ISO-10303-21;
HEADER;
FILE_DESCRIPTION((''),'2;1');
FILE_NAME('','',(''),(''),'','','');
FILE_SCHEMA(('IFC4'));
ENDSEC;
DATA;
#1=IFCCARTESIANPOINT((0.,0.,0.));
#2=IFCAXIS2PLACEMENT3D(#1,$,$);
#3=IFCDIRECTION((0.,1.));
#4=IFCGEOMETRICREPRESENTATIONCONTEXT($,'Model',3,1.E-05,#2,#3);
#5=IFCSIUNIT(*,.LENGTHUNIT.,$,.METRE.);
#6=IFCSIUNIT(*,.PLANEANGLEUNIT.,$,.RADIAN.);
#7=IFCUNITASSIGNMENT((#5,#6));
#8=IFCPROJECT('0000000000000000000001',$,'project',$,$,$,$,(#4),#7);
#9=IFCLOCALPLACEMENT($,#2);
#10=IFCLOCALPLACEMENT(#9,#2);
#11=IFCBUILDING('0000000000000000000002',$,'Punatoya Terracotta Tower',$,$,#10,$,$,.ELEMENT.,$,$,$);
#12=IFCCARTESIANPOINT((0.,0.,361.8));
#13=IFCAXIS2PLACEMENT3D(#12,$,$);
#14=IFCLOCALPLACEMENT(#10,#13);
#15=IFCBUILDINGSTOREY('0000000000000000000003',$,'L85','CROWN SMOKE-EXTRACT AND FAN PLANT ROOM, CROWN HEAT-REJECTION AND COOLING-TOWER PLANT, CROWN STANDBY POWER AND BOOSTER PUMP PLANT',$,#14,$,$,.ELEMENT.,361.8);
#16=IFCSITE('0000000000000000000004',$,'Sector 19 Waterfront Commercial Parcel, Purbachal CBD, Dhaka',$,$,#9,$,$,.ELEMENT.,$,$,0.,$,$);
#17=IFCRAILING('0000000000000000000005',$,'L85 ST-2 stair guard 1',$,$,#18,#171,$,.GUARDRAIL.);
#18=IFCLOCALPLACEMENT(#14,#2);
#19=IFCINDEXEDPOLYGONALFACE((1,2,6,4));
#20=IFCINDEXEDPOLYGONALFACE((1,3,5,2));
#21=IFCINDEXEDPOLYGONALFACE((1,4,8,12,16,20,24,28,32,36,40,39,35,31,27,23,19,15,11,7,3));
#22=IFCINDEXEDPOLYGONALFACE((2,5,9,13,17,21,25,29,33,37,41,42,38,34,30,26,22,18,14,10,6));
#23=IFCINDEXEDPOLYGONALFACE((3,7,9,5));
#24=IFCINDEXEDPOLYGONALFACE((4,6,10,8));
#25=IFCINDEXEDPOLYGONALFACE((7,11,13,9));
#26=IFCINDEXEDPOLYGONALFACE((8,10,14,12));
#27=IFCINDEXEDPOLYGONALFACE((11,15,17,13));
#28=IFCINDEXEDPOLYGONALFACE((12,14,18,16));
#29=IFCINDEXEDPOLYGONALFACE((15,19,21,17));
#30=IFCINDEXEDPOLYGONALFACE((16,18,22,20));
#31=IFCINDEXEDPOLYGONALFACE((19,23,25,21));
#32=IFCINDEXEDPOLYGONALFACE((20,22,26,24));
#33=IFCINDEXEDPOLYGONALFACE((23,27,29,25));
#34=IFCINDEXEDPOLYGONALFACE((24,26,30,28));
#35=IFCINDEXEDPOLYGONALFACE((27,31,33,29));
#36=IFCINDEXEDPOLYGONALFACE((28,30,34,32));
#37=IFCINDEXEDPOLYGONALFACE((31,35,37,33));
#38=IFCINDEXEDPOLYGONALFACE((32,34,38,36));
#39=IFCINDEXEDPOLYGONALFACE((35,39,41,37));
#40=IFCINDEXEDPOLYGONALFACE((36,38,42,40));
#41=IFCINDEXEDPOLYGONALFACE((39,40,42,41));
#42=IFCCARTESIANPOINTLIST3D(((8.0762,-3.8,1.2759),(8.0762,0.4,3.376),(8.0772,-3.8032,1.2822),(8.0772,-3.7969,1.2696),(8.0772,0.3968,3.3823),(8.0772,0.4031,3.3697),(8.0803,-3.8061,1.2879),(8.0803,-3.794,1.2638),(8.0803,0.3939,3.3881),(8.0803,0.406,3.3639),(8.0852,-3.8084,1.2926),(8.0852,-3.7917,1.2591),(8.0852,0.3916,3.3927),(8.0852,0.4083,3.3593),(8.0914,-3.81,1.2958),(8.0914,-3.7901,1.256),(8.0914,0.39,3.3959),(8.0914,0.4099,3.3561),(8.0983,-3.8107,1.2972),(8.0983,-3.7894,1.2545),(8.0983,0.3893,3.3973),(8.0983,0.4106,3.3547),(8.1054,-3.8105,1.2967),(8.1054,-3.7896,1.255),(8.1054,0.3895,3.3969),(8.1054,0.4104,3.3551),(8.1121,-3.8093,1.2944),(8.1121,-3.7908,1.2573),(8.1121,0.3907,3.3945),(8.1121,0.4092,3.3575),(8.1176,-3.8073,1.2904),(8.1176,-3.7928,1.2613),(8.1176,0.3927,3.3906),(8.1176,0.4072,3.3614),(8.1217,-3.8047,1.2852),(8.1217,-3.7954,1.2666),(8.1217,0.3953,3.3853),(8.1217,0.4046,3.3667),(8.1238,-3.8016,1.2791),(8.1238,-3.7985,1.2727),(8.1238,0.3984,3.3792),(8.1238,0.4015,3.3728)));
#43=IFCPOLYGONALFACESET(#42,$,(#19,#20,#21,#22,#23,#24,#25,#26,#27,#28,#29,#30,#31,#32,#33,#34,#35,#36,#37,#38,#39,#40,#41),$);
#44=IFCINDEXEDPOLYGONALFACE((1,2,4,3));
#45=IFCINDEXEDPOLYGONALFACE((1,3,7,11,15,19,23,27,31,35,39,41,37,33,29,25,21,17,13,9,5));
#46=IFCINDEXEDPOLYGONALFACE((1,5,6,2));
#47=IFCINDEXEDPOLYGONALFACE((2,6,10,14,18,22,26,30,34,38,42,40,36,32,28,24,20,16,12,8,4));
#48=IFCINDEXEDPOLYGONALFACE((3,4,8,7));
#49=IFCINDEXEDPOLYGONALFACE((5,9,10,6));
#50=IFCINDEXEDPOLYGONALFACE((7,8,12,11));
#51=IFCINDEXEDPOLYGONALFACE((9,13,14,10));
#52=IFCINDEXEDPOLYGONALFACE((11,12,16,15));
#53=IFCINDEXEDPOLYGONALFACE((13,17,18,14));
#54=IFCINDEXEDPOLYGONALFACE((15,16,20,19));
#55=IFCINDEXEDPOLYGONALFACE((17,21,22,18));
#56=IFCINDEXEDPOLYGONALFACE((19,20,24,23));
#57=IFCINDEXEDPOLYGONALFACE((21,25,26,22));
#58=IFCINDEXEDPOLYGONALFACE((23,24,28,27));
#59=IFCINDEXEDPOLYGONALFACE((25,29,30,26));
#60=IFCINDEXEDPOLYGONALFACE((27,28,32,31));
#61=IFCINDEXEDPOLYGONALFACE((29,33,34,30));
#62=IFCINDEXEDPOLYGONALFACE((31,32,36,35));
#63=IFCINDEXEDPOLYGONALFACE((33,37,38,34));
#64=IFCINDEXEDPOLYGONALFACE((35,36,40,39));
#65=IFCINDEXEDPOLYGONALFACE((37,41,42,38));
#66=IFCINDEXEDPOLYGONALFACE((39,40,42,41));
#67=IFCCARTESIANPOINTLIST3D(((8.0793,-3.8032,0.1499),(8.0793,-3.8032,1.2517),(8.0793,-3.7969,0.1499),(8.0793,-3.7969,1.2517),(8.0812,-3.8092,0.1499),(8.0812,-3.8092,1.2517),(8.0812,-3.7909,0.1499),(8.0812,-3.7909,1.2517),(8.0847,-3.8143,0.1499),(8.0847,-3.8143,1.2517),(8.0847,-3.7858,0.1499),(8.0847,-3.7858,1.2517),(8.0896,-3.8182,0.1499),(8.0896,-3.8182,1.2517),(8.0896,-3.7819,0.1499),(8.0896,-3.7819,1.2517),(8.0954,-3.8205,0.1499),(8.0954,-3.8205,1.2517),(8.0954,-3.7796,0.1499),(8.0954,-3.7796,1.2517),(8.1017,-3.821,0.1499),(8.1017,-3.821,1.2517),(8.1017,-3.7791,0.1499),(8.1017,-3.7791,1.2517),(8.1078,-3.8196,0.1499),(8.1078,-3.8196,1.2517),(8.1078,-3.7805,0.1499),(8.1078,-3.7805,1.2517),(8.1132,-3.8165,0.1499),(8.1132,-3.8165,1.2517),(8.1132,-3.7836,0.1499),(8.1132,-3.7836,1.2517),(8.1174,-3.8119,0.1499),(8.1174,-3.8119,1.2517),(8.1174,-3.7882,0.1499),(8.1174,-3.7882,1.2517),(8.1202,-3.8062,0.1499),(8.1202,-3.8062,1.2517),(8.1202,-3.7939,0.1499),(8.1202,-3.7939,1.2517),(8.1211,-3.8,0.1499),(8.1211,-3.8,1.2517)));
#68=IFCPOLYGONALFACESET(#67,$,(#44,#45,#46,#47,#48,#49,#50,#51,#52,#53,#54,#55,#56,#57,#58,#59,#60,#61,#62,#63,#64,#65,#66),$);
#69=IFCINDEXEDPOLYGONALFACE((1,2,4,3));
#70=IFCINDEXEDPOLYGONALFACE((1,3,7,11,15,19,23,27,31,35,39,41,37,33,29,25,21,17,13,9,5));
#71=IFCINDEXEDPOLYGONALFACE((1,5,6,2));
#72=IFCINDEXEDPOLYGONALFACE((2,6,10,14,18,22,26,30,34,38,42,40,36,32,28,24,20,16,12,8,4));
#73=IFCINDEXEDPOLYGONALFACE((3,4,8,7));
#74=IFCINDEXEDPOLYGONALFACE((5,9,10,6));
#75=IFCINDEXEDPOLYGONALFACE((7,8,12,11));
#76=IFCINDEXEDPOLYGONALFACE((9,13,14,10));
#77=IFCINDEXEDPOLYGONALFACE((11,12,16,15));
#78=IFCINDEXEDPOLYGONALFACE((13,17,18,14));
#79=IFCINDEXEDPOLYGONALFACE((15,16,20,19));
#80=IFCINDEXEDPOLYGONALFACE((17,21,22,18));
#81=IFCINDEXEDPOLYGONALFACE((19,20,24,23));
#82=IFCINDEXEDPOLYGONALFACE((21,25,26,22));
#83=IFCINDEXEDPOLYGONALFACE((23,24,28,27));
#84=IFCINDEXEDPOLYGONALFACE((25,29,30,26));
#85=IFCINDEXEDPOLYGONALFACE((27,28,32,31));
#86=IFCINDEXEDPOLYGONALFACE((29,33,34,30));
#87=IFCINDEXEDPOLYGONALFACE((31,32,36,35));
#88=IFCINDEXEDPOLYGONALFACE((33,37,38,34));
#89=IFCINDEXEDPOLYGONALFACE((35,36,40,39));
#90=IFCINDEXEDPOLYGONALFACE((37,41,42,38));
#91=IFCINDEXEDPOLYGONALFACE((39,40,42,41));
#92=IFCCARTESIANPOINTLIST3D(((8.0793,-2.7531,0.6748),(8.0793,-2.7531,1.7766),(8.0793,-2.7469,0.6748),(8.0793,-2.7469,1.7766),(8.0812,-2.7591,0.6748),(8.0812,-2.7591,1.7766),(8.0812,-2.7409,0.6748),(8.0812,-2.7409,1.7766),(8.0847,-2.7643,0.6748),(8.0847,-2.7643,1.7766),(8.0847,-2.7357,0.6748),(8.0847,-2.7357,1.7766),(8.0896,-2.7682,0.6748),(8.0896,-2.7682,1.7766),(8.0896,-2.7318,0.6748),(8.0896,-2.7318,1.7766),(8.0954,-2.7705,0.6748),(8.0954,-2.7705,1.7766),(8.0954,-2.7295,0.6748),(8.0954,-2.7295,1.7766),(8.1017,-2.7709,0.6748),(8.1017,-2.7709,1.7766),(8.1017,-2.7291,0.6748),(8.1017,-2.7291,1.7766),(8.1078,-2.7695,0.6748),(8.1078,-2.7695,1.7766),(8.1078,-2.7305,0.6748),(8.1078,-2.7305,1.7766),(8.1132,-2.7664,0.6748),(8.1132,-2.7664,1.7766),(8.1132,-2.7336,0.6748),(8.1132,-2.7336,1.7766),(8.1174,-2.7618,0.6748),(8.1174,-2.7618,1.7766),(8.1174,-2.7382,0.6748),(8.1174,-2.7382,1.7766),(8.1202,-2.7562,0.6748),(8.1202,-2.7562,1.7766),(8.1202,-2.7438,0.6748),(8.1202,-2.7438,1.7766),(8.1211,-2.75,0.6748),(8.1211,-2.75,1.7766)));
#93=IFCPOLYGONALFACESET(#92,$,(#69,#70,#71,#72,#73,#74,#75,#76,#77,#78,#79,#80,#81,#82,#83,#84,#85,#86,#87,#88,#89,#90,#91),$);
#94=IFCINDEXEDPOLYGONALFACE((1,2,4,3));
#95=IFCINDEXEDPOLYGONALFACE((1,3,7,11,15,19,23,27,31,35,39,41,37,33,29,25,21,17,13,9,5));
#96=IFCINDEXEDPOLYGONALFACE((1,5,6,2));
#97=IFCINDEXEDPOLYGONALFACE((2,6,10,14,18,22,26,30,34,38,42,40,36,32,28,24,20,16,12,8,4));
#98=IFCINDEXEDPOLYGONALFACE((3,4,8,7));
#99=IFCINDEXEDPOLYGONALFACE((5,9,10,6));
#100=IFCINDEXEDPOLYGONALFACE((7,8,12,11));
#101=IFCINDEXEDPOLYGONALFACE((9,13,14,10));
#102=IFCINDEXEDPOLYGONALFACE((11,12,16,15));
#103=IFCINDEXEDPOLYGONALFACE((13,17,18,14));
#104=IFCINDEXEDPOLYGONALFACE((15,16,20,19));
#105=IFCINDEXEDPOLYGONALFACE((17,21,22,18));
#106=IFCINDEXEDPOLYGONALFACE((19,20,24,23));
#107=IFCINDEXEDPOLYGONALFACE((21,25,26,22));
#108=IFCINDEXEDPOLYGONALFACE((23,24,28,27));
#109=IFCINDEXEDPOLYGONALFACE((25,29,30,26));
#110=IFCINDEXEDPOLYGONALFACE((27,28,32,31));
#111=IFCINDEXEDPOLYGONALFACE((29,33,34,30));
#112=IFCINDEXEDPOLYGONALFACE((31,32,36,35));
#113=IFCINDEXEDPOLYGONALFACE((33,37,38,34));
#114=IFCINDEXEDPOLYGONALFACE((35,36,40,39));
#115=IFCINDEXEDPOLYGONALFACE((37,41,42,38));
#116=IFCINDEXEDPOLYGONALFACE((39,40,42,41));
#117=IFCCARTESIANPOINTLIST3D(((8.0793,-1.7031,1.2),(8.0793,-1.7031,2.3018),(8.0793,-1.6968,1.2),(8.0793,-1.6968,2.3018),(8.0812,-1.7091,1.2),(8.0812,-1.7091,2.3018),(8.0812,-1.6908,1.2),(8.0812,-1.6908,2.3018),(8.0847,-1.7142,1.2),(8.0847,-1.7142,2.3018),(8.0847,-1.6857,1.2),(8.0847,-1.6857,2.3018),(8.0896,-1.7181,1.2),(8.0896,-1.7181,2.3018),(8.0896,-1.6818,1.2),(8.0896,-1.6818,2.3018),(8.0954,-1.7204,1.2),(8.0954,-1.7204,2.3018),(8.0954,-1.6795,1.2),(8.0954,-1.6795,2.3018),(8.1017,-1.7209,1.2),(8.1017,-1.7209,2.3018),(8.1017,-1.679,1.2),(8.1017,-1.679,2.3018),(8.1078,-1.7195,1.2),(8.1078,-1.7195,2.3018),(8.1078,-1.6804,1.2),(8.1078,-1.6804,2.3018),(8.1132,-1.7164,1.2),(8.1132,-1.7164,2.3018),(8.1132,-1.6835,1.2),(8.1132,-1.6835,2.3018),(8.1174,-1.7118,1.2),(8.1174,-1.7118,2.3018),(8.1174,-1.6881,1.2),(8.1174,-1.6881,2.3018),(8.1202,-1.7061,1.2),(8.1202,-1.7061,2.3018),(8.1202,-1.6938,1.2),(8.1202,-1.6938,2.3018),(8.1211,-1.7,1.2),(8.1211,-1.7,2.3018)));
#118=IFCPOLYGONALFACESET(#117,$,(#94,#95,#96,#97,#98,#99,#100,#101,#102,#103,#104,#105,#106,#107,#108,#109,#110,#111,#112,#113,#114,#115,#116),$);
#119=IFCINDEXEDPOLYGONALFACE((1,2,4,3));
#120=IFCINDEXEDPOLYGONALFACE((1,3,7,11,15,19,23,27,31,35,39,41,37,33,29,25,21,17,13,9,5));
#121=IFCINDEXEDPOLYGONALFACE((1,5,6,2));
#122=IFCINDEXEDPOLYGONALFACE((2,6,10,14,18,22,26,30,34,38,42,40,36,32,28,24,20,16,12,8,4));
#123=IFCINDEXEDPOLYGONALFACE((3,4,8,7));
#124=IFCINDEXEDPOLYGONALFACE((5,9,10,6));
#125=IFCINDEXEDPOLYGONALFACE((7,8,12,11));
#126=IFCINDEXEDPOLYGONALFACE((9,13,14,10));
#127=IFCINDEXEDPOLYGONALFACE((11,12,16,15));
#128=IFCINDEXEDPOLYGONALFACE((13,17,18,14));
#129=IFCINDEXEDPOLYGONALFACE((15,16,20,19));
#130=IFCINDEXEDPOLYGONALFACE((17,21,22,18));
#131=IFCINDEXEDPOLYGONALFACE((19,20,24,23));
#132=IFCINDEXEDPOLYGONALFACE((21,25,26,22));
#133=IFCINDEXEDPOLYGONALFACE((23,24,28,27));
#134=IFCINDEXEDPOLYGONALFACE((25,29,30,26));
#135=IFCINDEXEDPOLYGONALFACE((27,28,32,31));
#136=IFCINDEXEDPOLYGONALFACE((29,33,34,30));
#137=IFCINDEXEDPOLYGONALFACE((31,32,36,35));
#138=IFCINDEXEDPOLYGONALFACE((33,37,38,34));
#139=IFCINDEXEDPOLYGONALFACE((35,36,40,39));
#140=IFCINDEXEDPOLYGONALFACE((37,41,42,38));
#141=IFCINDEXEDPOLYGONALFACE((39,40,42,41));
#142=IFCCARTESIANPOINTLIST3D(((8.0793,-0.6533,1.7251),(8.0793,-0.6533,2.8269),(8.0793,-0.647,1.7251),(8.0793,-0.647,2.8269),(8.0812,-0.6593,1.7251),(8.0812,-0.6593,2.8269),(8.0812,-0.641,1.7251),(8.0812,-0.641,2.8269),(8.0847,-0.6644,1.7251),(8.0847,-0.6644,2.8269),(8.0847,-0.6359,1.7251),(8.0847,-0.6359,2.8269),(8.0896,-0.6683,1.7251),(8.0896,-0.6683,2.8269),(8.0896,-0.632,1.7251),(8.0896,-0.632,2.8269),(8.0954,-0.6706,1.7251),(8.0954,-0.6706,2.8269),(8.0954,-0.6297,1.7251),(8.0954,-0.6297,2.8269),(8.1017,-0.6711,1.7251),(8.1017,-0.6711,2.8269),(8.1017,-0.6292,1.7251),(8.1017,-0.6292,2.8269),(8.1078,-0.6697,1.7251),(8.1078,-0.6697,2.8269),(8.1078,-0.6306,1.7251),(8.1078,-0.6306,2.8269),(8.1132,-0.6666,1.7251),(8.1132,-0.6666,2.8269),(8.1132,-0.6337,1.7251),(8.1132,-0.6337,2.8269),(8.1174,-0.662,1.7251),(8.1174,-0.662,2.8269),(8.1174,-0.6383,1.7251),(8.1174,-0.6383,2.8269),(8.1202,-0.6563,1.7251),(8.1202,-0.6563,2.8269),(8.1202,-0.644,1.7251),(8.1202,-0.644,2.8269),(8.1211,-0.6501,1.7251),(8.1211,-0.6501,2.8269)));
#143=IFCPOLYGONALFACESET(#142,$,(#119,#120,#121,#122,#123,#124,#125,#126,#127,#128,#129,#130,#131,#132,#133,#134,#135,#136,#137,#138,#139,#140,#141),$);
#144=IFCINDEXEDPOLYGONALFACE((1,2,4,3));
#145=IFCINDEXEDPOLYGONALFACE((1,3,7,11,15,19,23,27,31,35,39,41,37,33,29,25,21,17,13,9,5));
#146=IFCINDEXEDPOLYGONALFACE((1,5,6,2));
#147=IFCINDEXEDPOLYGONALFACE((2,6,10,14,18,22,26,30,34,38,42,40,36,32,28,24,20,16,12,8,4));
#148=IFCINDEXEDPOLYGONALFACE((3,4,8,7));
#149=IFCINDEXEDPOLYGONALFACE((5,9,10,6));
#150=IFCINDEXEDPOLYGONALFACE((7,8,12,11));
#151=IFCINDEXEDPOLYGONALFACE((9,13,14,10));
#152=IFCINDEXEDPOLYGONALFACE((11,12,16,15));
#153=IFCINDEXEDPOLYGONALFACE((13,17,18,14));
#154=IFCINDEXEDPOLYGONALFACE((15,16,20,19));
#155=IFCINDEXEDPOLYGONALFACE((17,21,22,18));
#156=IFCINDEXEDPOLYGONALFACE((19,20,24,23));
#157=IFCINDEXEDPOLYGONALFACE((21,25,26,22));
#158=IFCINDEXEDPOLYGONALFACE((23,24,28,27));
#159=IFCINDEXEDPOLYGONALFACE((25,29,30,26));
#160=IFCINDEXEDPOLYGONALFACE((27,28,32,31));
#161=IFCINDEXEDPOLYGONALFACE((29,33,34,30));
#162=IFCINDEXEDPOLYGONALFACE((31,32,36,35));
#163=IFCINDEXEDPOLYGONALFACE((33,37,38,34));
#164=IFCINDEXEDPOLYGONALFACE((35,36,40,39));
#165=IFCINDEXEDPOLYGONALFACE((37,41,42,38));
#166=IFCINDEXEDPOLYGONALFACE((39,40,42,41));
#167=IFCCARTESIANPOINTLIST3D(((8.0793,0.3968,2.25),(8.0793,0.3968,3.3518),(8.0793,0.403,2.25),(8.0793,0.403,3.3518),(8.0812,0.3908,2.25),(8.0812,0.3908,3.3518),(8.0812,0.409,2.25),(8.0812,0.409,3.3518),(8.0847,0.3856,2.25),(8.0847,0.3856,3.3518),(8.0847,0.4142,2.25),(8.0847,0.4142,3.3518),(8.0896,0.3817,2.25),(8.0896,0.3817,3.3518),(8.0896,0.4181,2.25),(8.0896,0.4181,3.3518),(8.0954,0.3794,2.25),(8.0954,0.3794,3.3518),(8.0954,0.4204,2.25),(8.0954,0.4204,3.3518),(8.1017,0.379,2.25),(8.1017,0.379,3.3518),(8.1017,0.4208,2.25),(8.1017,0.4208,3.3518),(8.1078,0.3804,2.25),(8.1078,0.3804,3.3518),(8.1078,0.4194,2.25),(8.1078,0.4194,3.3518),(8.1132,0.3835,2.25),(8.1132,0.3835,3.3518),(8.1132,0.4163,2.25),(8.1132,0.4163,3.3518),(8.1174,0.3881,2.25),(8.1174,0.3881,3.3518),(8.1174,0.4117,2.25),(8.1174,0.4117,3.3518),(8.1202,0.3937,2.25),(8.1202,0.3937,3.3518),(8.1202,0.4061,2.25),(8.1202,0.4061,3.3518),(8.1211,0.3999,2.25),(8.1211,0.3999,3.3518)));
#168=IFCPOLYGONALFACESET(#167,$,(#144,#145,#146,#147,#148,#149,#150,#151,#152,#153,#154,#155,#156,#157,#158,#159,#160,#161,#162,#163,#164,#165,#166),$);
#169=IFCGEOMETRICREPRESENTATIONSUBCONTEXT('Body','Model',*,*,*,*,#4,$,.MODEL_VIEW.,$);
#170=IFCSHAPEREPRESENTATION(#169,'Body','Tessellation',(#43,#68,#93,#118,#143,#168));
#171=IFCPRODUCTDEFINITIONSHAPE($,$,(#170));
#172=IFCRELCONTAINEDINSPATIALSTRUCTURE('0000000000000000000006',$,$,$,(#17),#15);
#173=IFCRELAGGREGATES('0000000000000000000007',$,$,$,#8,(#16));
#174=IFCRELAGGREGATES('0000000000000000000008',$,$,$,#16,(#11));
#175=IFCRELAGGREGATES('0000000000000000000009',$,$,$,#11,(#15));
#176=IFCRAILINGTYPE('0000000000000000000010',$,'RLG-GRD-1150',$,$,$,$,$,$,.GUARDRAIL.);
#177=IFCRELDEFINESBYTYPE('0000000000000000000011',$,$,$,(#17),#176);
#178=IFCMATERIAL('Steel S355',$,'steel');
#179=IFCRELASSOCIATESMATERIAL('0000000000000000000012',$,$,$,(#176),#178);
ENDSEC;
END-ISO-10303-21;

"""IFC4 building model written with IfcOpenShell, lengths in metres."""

from ifc_helpers import new_model, si_unit, direction, frame, origin, origin_2d, place, context, subcontext, project, spatial, circle, extrude, material, type_object, element, save


model = new_model("IFC4")

# Units and contexts
model_context = context("Model", 3, precision=1e-05, world=origin(), true_north=direction((0.0, 1.0)))
body_context = subcontext(model_context, "Body", "Model", "MODEL_VIEW")
ifc_project = project(units=[si_unit("LENGTHUNIT", "METRE"), si_unit("PLANEANGLEUNIT", "RADIAN")], contexts=[model_context])

# Site, building, storey
site_placement = place(None, origin())
site = spatial("IfcSite", under=ifc_project, at=site_placement, Name="Sector 19 Waterfront Commercial Parcel, Purbachal CBD, Dhaka", CompositionType="ELEMENT", RefElevation=0.0)
building_placement = place(site_placement, origin())
building = spatial("IfcBuilding", under=site, at=building_placement, Name="Punatoya Terracotta Tower", CompositionType="ELEMENT")
storey_placement = place(building_placement, frame((0.0, 0.0, 361.8)))
storey = spatial("IfcBuildingStorey", under=building, at=storey_placement, Name="L85", Description="CROWN SMOKE-EXTRACT AND FAN PLANT ROOM, CROWN HEAT-REJECTION AND COOLING-TOWER PLANT, CROWN STANDBY POWER AND BOOSTER PUMP PLANT", CompositionType="ELEMENT", Elevation=361.8)

# Shared definitions
ifc_material_1 = material(Name="Steel S355", Category="steel")

# Railing
railing_type = type_object("IfcRailingType", Name="RLG-GRD-1150", PredefinedType="GUARDRAIL", material=ifc_material_1)
railing_1_placement = place(storey_placement, frame((8.1001, -3.8, 0.1499)))
element("IfcRailing", 1, at=railing_1_placement, inside=storey, type_object=railing_type, Name="L85 ST-2 stair guard 1", PredefinedType="GUARDRAIL", context=body_context, shape_type="SweptSolid", body=[
    extrude(circle(Radius=0.0239, at=origin_2d()), frame((0.0, 0.0, 1.126), z_axis=(0.0, 0.894417, 0.447234), x_axis=(-1.0, 0.0, 0.0)), (0.0, 0.0, 1.0), 4.6958),
    extrude(circle(Radius=0.021, at=origin_2d()), origin(), (0.0, 0.0, 1.0), 1.1018),
    extrude(circle(Radius=0.021, at=origin_2d()), frame((0.0, 1.05, 0.5249)), (0.0, 0.0, 1.0), 1.1018),
    extrude(circle(Radius=0.021, at=origin_2d()), frame((0.0, 2.1001, 1.05)), (0.0, 0.0, 1.0), 1.1018),
    extrude(circle(Radius=0.021, at=origin_2d()), frame((0.0, 3.1499, 1.5752)), (0.0, 0.0, 1.0), 1.1018),
    extrude(circle(Radius=0.021, at=origin_2d()), frame((0.0, 4.2, 2.1001)), (0.0, 0.0, 1.0), 1.1018),
])

save(model, "model.ifc")
